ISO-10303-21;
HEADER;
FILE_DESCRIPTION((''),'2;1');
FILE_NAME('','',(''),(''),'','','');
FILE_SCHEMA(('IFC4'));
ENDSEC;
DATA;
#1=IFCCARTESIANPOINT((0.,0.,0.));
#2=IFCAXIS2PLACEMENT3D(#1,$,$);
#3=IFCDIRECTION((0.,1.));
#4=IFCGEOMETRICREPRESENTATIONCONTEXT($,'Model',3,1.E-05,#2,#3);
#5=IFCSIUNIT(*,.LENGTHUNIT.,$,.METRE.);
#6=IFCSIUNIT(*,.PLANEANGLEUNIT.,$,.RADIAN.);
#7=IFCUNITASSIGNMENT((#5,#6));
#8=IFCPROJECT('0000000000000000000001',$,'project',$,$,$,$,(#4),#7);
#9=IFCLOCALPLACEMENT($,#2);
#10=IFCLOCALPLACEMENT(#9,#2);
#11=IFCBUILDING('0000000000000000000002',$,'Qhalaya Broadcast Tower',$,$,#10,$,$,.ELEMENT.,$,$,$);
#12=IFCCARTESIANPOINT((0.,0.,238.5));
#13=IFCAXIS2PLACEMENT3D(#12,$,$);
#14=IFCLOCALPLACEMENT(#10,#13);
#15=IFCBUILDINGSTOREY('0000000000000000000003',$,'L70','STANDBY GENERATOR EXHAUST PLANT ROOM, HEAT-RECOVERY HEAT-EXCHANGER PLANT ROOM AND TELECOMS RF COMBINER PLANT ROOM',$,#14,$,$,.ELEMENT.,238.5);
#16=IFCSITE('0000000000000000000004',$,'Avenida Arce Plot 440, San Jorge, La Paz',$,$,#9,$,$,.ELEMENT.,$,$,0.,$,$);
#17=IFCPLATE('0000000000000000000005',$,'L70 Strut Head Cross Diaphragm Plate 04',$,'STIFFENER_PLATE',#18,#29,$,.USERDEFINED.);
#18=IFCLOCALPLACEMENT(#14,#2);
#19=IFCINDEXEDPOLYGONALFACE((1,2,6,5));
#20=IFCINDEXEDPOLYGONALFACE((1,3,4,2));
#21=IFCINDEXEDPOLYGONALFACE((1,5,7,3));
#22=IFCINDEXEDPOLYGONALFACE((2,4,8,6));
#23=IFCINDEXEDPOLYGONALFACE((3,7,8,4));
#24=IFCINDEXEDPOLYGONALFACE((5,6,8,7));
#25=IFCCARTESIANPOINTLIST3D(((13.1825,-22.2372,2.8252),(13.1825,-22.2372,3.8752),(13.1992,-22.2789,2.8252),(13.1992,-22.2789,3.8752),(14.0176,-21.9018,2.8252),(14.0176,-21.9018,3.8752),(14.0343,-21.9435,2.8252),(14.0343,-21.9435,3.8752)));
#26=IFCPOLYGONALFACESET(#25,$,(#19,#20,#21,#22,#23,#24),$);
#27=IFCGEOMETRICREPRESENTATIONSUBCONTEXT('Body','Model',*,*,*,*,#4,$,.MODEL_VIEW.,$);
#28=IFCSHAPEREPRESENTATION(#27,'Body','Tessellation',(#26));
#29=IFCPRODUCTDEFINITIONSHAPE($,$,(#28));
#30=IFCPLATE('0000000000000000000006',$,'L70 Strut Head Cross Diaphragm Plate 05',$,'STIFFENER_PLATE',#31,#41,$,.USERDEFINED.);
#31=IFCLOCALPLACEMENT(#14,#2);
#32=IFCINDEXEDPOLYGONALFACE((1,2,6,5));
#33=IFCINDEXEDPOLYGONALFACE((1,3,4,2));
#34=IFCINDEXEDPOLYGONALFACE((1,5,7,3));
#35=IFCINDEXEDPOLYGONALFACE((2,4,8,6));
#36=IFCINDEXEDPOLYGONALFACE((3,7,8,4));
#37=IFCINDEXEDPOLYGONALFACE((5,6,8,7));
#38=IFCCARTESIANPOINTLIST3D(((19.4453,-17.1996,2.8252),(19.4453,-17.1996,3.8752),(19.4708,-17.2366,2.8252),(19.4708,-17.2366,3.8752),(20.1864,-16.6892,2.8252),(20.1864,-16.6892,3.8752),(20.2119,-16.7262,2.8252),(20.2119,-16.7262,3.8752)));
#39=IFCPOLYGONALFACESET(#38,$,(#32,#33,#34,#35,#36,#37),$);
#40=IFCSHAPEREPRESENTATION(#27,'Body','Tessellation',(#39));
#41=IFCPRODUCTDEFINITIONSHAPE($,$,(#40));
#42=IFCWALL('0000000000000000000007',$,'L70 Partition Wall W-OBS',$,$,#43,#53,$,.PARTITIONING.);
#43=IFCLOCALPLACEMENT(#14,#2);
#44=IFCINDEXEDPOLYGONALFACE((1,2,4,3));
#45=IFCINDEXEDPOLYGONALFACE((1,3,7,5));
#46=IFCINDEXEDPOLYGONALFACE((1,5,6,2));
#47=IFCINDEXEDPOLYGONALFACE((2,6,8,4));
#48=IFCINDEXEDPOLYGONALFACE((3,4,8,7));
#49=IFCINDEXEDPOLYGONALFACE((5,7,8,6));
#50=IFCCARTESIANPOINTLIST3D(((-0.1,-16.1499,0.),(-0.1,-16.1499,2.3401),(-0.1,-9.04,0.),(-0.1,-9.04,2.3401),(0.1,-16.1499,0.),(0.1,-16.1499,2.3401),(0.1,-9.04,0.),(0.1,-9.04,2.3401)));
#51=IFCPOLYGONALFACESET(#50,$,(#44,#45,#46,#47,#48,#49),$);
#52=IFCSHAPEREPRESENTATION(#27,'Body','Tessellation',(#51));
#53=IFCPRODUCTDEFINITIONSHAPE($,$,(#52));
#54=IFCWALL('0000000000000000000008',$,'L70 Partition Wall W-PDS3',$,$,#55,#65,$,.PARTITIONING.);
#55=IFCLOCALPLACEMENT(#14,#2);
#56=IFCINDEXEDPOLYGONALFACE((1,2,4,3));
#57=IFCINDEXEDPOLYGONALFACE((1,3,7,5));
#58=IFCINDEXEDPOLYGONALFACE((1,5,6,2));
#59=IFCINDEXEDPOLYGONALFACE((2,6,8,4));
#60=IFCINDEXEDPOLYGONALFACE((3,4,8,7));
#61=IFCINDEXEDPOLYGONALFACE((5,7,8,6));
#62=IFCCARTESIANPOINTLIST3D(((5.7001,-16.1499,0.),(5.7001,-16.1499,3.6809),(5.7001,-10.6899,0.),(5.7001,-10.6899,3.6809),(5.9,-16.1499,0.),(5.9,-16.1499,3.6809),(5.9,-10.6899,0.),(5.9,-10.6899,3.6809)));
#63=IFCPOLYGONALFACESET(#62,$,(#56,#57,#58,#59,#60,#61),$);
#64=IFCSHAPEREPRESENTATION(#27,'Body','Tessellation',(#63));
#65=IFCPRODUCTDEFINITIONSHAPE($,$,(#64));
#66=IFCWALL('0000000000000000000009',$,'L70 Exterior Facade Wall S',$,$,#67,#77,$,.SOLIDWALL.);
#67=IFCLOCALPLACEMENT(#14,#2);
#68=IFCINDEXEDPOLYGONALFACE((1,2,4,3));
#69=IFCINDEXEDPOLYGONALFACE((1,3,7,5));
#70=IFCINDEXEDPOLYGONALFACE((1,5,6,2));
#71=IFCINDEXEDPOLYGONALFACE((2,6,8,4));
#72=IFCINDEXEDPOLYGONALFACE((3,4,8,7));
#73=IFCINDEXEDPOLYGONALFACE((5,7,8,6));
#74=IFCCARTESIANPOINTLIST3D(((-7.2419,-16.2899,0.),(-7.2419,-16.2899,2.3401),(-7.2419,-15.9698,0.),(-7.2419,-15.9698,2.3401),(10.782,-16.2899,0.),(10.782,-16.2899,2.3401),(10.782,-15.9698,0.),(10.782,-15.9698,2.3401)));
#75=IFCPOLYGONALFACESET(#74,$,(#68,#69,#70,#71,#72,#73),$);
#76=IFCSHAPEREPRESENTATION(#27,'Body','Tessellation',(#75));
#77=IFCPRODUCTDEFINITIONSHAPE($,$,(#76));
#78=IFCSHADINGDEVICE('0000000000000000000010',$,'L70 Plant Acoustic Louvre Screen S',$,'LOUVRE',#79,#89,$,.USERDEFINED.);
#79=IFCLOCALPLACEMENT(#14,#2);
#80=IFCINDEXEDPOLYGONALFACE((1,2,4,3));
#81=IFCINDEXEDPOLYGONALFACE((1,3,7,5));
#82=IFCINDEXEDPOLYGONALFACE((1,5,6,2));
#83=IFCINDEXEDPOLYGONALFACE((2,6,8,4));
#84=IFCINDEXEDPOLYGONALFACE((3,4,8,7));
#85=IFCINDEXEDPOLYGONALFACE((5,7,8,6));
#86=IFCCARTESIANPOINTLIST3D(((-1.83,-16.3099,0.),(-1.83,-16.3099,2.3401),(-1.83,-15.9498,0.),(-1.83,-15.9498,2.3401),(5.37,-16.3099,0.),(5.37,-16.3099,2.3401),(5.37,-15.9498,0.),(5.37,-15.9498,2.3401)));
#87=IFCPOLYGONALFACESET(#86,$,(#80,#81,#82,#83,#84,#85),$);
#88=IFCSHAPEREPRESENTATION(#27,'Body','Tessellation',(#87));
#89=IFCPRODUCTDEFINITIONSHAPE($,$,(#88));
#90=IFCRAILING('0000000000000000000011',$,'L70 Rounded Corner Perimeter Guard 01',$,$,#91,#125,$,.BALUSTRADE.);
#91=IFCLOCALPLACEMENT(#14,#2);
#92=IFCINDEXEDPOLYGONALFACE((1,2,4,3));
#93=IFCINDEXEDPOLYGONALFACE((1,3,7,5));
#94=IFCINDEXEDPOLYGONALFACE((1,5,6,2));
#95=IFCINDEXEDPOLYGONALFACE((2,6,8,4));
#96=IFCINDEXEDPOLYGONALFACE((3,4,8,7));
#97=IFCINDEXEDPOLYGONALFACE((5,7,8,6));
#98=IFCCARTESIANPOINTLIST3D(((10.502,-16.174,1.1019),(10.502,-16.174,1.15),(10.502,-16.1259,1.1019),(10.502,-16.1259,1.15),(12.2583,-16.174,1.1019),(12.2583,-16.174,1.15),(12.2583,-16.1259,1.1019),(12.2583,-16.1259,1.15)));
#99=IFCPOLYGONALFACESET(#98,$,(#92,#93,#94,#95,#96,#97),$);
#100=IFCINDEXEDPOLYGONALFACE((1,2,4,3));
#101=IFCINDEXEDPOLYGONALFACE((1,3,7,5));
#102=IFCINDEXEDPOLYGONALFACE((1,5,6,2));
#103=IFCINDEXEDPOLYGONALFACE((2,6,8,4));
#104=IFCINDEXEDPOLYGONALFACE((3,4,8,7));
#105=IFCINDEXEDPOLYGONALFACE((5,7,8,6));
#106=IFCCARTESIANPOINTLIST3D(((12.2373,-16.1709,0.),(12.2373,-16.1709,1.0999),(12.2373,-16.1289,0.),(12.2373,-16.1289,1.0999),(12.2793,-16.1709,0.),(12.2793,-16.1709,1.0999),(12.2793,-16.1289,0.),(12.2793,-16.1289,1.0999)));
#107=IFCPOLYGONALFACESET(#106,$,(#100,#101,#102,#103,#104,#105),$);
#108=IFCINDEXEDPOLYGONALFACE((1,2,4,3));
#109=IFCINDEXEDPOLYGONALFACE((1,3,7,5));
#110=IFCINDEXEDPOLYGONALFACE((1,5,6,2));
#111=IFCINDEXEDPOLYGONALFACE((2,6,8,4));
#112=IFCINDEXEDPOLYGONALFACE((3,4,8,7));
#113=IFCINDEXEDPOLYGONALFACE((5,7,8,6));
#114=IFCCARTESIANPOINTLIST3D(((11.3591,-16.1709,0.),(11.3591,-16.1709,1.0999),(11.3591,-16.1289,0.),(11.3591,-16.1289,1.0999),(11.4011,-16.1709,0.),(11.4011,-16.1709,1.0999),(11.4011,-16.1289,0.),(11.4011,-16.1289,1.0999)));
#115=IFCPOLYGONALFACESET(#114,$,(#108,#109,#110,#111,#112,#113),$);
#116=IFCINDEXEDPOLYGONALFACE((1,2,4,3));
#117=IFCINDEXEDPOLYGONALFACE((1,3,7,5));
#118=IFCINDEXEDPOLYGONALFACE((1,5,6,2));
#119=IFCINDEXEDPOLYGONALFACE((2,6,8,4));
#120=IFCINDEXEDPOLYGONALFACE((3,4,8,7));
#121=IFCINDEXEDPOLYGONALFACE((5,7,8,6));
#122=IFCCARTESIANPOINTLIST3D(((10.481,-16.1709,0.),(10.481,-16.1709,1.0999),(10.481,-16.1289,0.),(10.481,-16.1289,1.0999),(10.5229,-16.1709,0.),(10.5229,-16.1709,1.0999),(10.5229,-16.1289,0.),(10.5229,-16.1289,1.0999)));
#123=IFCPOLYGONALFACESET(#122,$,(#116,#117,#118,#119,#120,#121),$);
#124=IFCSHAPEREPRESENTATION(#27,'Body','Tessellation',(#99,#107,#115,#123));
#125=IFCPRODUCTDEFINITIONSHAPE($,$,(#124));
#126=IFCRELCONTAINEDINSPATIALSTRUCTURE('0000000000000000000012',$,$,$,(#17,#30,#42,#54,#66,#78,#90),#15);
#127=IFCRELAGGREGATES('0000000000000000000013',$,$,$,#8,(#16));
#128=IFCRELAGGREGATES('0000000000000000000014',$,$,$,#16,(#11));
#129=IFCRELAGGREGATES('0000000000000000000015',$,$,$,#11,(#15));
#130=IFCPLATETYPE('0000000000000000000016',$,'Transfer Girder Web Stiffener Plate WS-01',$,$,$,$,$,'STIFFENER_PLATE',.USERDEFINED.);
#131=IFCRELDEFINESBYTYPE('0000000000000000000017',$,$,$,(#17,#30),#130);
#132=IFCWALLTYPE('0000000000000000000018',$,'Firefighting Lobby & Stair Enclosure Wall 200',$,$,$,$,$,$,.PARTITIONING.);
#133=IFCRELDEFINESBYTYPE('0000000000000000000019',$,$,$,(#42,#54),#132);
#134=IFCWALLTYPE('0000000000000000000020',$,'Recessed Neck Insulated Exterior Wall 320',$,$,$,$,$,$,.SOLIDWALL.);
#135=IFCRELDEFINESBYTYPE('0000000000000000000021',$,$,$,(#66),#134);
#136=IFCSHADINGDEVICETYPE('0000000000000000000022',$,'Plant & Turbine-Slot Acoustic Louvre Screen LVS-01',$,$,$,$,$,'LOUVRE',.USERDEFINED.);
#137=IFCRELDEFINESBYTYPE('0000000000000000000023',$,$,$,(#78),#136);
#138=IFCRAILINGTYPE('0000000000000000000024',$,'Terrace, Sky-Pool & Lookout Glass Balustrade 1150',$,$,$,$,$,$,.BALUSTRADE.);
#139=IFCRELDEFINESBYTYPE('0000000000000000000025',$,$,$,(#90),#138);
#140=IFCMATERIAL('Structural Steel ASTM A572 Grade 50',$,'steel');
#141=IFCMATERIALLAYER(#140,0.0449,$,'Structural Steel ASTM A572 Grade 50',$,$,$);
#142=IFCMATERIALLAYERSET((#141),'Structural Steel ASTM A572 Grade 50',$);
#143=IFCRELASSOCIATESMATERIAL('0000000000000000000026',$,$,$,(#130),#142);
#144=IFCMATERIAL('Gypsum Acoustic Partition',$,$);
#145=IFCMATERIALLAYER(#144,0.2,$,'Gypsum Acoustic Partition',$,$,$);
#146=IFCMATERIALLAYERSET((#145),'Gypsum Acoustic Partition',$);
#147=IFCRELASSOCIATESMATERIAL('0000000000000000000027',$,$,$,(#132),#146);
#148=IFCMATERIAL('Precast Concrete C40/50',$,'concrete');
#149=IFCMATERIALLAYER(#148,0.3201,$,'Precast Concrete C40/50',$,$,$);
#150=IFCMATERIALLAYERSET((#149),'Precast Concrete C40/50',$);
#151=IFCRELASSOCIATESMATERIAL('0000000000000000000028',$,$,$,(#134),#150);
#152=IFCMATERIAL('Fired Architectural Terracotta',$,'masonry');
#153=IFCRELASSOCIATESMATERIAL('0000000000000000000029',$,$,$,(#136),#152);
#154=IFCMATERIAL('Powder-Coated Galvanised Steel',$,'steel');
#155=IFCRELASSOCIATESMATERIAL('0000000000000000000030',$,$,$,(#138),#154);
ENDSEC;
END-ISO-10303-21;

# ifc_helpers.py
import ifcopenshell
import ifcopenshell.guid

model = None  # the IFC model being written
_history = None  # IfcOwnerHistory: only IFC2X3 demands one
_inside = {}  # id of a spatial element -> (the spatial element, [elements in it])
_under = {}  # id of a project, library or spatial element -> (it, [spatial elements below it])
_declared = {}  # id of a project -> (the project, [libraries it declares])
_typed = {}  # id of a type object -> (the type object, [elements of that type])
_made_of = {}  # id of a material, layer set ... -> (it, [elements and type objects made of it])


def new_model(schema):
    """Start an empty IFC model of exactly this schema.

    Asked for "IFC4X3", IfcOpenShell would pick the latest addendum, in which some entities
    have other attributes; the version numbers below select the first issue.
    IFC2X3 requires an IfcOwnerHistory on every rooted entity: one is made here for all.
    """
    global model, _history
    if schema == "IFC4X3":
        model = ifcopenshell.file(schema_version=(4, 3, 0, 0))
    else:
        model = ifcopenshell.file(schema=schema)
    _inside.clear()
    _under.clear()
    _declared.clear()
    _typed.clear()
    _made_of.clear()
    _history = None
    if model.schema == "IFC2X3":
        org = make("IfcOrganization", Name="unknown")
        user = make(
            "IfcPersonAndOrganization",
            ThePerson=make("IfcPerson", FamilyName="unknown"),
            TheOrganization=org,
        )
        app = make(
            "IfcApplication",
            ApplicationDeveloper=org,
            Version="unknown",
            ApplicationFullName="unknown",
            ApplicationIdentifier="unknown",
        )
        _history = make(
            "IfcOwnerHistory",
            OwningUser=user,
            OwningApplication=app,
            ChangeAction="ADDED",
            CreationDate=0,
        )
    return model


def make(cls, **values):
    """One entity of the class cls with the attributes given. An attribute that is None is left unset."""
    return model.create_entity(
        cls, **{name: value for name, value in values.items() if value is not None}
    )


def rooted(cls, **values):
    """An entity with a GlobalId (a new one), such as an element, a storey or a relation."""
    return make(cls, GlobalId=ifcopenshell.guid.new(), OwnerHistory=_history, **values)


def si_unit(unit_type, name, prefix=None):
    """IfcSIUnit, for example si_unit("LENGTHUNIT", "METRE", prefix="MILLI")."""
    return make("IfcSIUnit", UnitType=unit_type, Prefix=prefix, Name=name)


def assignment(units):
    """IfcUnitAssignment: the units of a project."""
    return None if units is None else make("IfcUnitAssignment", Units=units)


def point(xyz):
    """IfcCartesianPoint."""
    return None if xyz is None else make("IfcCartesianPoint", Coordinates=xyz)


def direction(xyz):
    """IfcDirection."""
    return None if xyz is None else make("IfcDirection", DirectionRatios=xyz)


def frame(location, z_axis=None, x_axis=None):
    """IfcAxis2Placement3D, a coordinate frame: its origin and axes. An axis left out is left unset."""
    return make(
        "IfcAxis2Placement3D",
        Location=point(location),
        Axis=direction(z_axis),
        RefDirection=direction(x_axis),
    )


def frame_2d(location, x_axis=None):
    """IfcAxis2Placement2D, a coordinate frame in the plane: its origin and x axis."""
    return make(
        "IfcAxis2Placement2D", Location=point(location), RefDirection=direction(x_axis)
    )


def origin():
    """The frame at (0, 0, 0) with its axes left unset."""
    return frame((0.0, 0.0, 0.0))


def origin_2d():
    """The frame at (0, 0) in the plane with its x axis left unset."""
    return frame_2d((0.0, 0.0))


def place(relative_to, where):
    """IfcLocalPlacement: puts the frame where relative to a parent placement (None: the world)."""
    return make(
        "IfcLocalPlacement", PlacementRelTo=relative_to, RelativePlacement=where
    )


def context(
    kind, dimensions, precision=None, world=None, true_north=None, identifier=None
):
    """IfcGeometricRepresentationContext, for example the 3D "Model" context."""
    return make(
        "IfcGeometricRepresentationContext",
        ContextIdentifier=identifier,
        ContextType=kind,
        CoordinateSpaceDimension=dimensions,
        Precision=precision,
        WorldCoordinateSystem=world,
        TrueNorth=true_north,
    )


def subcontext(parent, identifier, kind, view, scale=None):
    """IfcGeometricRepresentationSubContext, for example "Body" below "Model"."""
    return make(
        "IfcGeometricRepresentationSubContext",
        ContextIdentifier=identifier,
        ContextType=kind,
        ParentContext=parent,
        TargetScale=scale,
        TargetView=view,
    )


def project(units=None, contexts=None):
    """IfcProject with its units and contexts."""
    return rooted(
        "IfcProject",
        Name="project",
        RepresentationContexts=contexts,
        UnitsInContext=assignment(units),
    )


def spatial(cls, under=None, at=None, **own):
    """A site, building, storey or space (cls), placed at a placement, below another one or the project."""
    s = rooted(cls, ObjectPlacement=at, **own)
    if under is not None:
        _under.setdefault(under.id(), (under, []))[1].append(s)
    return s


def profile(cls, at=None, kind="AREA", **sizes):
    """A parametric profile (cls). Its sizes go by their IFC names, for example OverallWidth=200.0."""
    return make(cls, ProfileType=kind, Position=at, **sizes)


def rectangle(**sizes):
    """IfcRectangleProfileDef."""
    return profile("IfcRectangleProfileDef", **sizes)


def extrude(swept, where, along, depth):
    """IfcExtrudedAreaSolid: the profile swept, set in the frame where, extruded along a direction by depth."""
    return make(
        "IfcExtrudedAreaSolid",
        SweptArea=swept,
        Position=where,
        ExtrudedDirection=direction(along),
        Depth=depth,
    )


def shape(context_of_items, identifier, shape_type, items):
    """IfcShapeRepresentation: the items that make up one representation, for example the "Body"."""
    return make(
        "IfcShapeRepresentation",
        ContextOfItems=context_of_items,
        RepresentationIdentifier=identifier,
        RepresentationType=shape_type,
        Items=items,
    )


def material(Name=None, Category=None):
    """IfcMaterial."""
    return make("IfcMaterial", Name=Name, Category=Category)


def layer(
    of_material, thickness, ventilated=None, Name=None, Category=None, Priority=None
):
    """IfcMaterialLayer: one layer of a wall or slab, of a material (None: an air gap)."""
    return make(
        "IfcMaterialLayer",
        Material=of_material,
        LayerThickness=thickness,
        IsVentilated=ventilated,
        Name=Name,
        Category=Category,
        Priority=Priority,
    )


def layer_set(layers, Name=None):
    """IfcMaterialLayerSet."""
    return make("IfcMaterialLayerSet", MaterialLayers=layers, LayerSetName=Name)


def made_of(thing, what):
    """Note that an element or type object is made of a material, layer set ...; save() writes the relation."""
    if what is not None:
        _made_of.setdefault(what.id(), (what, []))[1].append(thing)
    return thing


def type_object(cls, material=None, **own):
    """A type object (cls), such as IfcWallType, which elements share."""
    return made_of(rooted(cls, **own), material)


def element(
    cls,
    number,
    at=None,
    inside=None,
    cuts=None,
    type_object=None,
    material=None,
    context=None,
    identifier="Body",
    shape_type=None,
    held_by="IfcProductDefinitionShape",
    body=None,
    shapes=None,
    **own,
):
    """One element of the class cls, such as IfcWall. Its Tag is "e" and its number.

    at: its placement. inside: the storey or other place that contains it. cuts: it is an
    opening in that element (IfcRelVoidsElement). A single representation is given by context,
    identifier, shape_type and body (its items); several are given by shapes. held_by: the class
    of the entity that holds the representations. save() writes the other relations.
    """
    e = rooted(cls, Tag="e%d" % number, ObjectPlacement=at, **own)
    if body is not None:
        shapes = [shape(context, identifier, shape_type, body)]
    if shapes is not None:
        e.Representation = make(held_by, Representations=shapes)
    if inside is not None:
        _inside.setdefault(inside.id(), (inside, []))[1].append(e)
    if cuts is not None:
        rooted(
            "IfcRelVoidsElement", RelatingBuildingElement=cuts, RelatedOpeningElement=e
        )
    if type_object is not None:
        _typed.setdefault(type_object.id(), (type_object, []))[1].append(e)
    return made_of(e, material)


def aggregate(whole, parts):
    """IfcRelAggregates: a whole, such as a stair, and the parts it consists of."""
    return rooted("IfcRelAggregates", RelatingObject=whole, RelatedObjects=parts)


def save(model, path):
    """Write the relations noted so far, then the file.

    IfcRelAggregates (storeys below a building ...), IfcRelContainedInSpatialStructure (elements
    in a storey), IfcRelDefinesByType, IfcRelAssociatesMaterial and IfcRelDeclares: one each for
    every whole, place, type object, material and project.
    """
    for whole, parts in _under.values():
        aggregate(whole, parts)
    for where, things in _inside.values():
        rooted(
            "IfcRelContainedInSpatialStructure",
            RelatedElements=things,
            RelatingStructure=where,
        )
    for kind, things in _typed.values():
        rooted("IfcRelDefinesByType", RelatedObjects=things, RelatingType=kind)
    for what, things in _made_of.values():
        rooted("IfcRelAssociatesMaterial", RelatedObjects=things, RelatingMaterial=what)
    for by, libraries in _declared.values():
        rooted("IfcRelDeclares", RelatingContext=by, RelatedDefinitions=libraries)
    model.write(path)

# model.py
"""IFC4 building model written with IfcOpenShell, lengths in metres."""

from ifc_helpers import new_model, si_unit, direction, frame, frame_2d, origin, origin_2d, place, context, subcontext, project, spatial, rectangle, extrude, material, layer, layer_set, type_object, element, save


model = new_model("IFC4")

# Units and contexts
model_context = context("Model", 3, precision=1e-05, world=origin(), true_north=direction((0.0, 1.0)))
body_context = subcontext(model_context, "Body", "Model", "MODEL_VIEW")
ifc_project = project(units=[si_unit("LENGTHUNIT", "METRE"), si_unit("PLANEANGLEUNIT", "RADIAN")], contexts=[model_context])

# Site, building, storey
site_placement = place(None, origin())
site = spatial("IfcSite", under=ifc_project, at=site_placement, Name="Avenida Arce Plot 440, San Jorge, La Paz", CompositionType="ELEMENT", RefElevation=0.0)
building_placement = place(site_placement, origin())
building = spatial("IfcBuilding", under=site, at=building_placement, Name="Qhalaya Broadcast Tower", CompositionType="ELEMENT")
storey_placement = place(building_placement, frame((0.0, 0.0, 238.5)))
storey = spatial("IfcBuildingStorey", under=building, at=storey_placement, Name="L70", Description="STANDBY GENERATOR EXHAUST PLANT ROOM, HEAT-RECOVERY HEAT-EXCHANGER PLANT ROOM AND TELECOMS RF COMBINER PLANT ROOM", CompositionType="ELEMENT", Elevation=238.5)

# Shared definitions
ifc_material_1 = material(Name="Structural Steel ASTM A572 Grade 50", Category="steel")

# Plates
ifc_layer_1 = layer(ifc_material_1, 0.0449, Name="Structural Steel ASTM A572 Grade 50")
ifc_layer_set_1 = layer_set([ifc_layer_1], Name="Structural Steel ASTM A572 Grade 50")
plate_type_1 = type_object("IfcPlateType", Name="Transfer Girder Web Stiffener Plate WS-01", ElementType="STIFFENER_PLATE", PredefinedType="USERDEFINED", material=ifc_layer_set_1)
for number, where, z_axis, x_axis, name in (
    (1, (13.6084, -22.0903, 2.8252), (0.0, 0.0, 1.0), (0.92796, 0.37268, 0.0), "L70 Strut Head Cross Diaphragm Plate 04"),
    (2, (19.8286, -16.9629, 2.8252), (0.0, 0.0, 1.0), (0.823582, 0.567197, 0.0), "L70 Strut Head Cross Diaphragm Plate 05"),
):
    element("IfcPlate", number, at=place(storey_placement, frame(where, z_axis=z_axis, x_axis=x_axis)), inside=storey, type_object=plate_type_1, Name=name, ObjectType="STIFFENER_PLATE", PredefinedType="USERDEFINED", context=body_context, shape_type="SweptSolid", body=[
        extrude(rectangle(XDim=0.8999, YDim=0.0449, at=origin_2d()), origin(), (0.0, 0.0, 1.0), 1.05),
    ])

# Walls
ifc_material_2 = material(Name="Gypsum Acoustic Partition")
ifc_layer_2 = layer(ifc_material_2, 0.2, Name="Gypsum Acoustic Partition")
ifc_layer_set_2 = layer_set([ifc_layer_2], Name="Gypsum Acoustic Partition")
wall_type_1 = type_object("IfcWallType", Name="Firefighting Lobby & Stair Enclosure Wall 200", PredefinedType="PARTITIONING", material=ifc_layer_set_2)
wall_1_placement = place(storey_placement, frame((0.0, -16.1499, 0.0), z_axis=(0.0, 0.0, 1.0), x_axis=(0.0, 1.0, 0.0)))
element("IfcWall", 3, at=wall_1_placement, inside=storey, type_object=wall_type_1, Name="L70 Partition Wall W-OBS", PredefinedType="PARTITIONING", context=body_context, shape_type="SweptSolid", body=[
    extrude(rectangle(XDim=7.1099, YDim=0.2, at=frame_2d((3.5549, 0.0))), origin(), (0.0, 0.0, 1.0), 2.3401),
])
wall_2_placement = place(storey_placement, frame((5.8, -16.1499, 0.0), z_axis=(0.0, 0.0, 1.0), x_axis=(0.0, 1.0, 0.0)))
element("IfcWall", 4, at=wall_2_placement, inside=storey, type_object=wall_type_1, Name="L70 Partition Wall W-PDS3", PredefinedType="PARTITIONING", context=body_context, shape_type="SweptSolid", body=[
    extrude(rectangle(XDim=5.46, YDim=0.2, at=frame_2d((2.73, 0.0))), origin(), (0.0, 0.0, 1.0), 3.6809),
])
ifc_material_3 = material(Name="Precast Concrete C40/50", Category="concrete")
ifc_layer_3 = layer(ifc_material_3, 0.3201, Name="Precast Concrete C40/50")
ifc_layer_set_3 = layer_set([ifc_layer_3], Name="Precast Concrete C40/50")
wall_type_2 = type_object("IfcWallType", Name="Recessed Neck Insulated Exterior Wall 320", PredefinedType="SOLIDWALL", material=ifc_layer_set_3)
wall_3_placement = place(storey_placement, frame((10.782, -16.1299, 0.0), z_axis=(0.0, 0.0, 1.0), x_axis=(-1.0, 0.0, 0.0)))
element("IfcWall", 5, at=wall_3_placement, inside=storey, type_object=wall_type_2, Name="L70 Exterior Facade Wall S", PredefinedType="SOLIDWALL", context=body_context, shape_type="SweptSolid", body=[
    extrude(rectangle(XDim=18.0239, YDim=0.3201, at=frame_2d((9.012, 0.0))), origin(), (0.0, 0.0, 1.0), 2.3401),
])

# Shading device
ifc_material_4 = material(Name="Fired Architectural Terracotta", Category="masonry")
shading_device_type = type_object("IfcShadingDeviceType", Name="Plant & Turbine-Slot Acoustic Louvre Screen LVS-01", ElementType="LOUVRE", PredefinedType="USERDEFINED", material=ifc_material_4)
shading_device_placement = place(storey_placement, frame((1.77, -16.1299, 0.0), z_axis=(0.0, 0.0, 1.0), x_axis=(-1.0, 0.0, 0.0)))
element("IfcShadingDevice", 6, at=shading_device_placement, inside=storey, type_object=shading_device_type, Name="L70 Plant Acoustic Louvre Screen S", ObjectType="LOUVRE", PredefinedType="USERDEFINED", context=body_context, shape_type="SweptSolid", body=[
    extrude(rectangle(XDim=7.2, YDim=0.3601, at=origin_2d()), origin(), (0.0, 0.0, 1.0), 2.3401),
])

# Railing
ifc_material_5 = material(Name="Powder-Coated Galvanised Steel", Category="steel")
railing_type = type_object("IfcRailingType", Name="Terrace, Sky-Pool & Lookout Glass Balustrade 1150", PredefinedType="BALUSTRADE", material=ifc_material_5)
railing_placement = place(storey_placement, frame((12.2583, -16.1499, 0.0)))
element("IfcRailing", 7, at=railing_placement, inside=storey, type_object=railing_type, Name="L70 Rounded Corner Perimeter Guard 01", PredefinedType="BALUSTRADE", context=body_context, shape_type="SweptSolid", body=[
    extrude(rectangle(XDim=0.0481, YDim=0.0481, at=origin_2d()), frame((0.0, 0.0, 1.126), z_axis=(-1.0, 0.0, 0.0), x_axis=(0.0, -1.0, 0.0)), (0.0, 0.0, 1.0), 1.7563),
    extrude(rectangle(XDim=0.042, YDim=0.042, at=origin_2d()), origin(), (0.0, 0.0, 1.0), 1.0999),
    extrude(rectangle(XDim=0.042, YDim=0.042, at=origin_2d()), frame((-0.8782, 0.0, 0.0)), (0.0, 0.0, 1.0), 1.0999),
    extrude(rectangle(XDim=0.042, YDim=0.042, at=origin_2d()), frame((-1.7563, 0.0, 0.0)), (0.0, 0.0, 1.0), 1.0999),
])

save(model, "model.ifc")
